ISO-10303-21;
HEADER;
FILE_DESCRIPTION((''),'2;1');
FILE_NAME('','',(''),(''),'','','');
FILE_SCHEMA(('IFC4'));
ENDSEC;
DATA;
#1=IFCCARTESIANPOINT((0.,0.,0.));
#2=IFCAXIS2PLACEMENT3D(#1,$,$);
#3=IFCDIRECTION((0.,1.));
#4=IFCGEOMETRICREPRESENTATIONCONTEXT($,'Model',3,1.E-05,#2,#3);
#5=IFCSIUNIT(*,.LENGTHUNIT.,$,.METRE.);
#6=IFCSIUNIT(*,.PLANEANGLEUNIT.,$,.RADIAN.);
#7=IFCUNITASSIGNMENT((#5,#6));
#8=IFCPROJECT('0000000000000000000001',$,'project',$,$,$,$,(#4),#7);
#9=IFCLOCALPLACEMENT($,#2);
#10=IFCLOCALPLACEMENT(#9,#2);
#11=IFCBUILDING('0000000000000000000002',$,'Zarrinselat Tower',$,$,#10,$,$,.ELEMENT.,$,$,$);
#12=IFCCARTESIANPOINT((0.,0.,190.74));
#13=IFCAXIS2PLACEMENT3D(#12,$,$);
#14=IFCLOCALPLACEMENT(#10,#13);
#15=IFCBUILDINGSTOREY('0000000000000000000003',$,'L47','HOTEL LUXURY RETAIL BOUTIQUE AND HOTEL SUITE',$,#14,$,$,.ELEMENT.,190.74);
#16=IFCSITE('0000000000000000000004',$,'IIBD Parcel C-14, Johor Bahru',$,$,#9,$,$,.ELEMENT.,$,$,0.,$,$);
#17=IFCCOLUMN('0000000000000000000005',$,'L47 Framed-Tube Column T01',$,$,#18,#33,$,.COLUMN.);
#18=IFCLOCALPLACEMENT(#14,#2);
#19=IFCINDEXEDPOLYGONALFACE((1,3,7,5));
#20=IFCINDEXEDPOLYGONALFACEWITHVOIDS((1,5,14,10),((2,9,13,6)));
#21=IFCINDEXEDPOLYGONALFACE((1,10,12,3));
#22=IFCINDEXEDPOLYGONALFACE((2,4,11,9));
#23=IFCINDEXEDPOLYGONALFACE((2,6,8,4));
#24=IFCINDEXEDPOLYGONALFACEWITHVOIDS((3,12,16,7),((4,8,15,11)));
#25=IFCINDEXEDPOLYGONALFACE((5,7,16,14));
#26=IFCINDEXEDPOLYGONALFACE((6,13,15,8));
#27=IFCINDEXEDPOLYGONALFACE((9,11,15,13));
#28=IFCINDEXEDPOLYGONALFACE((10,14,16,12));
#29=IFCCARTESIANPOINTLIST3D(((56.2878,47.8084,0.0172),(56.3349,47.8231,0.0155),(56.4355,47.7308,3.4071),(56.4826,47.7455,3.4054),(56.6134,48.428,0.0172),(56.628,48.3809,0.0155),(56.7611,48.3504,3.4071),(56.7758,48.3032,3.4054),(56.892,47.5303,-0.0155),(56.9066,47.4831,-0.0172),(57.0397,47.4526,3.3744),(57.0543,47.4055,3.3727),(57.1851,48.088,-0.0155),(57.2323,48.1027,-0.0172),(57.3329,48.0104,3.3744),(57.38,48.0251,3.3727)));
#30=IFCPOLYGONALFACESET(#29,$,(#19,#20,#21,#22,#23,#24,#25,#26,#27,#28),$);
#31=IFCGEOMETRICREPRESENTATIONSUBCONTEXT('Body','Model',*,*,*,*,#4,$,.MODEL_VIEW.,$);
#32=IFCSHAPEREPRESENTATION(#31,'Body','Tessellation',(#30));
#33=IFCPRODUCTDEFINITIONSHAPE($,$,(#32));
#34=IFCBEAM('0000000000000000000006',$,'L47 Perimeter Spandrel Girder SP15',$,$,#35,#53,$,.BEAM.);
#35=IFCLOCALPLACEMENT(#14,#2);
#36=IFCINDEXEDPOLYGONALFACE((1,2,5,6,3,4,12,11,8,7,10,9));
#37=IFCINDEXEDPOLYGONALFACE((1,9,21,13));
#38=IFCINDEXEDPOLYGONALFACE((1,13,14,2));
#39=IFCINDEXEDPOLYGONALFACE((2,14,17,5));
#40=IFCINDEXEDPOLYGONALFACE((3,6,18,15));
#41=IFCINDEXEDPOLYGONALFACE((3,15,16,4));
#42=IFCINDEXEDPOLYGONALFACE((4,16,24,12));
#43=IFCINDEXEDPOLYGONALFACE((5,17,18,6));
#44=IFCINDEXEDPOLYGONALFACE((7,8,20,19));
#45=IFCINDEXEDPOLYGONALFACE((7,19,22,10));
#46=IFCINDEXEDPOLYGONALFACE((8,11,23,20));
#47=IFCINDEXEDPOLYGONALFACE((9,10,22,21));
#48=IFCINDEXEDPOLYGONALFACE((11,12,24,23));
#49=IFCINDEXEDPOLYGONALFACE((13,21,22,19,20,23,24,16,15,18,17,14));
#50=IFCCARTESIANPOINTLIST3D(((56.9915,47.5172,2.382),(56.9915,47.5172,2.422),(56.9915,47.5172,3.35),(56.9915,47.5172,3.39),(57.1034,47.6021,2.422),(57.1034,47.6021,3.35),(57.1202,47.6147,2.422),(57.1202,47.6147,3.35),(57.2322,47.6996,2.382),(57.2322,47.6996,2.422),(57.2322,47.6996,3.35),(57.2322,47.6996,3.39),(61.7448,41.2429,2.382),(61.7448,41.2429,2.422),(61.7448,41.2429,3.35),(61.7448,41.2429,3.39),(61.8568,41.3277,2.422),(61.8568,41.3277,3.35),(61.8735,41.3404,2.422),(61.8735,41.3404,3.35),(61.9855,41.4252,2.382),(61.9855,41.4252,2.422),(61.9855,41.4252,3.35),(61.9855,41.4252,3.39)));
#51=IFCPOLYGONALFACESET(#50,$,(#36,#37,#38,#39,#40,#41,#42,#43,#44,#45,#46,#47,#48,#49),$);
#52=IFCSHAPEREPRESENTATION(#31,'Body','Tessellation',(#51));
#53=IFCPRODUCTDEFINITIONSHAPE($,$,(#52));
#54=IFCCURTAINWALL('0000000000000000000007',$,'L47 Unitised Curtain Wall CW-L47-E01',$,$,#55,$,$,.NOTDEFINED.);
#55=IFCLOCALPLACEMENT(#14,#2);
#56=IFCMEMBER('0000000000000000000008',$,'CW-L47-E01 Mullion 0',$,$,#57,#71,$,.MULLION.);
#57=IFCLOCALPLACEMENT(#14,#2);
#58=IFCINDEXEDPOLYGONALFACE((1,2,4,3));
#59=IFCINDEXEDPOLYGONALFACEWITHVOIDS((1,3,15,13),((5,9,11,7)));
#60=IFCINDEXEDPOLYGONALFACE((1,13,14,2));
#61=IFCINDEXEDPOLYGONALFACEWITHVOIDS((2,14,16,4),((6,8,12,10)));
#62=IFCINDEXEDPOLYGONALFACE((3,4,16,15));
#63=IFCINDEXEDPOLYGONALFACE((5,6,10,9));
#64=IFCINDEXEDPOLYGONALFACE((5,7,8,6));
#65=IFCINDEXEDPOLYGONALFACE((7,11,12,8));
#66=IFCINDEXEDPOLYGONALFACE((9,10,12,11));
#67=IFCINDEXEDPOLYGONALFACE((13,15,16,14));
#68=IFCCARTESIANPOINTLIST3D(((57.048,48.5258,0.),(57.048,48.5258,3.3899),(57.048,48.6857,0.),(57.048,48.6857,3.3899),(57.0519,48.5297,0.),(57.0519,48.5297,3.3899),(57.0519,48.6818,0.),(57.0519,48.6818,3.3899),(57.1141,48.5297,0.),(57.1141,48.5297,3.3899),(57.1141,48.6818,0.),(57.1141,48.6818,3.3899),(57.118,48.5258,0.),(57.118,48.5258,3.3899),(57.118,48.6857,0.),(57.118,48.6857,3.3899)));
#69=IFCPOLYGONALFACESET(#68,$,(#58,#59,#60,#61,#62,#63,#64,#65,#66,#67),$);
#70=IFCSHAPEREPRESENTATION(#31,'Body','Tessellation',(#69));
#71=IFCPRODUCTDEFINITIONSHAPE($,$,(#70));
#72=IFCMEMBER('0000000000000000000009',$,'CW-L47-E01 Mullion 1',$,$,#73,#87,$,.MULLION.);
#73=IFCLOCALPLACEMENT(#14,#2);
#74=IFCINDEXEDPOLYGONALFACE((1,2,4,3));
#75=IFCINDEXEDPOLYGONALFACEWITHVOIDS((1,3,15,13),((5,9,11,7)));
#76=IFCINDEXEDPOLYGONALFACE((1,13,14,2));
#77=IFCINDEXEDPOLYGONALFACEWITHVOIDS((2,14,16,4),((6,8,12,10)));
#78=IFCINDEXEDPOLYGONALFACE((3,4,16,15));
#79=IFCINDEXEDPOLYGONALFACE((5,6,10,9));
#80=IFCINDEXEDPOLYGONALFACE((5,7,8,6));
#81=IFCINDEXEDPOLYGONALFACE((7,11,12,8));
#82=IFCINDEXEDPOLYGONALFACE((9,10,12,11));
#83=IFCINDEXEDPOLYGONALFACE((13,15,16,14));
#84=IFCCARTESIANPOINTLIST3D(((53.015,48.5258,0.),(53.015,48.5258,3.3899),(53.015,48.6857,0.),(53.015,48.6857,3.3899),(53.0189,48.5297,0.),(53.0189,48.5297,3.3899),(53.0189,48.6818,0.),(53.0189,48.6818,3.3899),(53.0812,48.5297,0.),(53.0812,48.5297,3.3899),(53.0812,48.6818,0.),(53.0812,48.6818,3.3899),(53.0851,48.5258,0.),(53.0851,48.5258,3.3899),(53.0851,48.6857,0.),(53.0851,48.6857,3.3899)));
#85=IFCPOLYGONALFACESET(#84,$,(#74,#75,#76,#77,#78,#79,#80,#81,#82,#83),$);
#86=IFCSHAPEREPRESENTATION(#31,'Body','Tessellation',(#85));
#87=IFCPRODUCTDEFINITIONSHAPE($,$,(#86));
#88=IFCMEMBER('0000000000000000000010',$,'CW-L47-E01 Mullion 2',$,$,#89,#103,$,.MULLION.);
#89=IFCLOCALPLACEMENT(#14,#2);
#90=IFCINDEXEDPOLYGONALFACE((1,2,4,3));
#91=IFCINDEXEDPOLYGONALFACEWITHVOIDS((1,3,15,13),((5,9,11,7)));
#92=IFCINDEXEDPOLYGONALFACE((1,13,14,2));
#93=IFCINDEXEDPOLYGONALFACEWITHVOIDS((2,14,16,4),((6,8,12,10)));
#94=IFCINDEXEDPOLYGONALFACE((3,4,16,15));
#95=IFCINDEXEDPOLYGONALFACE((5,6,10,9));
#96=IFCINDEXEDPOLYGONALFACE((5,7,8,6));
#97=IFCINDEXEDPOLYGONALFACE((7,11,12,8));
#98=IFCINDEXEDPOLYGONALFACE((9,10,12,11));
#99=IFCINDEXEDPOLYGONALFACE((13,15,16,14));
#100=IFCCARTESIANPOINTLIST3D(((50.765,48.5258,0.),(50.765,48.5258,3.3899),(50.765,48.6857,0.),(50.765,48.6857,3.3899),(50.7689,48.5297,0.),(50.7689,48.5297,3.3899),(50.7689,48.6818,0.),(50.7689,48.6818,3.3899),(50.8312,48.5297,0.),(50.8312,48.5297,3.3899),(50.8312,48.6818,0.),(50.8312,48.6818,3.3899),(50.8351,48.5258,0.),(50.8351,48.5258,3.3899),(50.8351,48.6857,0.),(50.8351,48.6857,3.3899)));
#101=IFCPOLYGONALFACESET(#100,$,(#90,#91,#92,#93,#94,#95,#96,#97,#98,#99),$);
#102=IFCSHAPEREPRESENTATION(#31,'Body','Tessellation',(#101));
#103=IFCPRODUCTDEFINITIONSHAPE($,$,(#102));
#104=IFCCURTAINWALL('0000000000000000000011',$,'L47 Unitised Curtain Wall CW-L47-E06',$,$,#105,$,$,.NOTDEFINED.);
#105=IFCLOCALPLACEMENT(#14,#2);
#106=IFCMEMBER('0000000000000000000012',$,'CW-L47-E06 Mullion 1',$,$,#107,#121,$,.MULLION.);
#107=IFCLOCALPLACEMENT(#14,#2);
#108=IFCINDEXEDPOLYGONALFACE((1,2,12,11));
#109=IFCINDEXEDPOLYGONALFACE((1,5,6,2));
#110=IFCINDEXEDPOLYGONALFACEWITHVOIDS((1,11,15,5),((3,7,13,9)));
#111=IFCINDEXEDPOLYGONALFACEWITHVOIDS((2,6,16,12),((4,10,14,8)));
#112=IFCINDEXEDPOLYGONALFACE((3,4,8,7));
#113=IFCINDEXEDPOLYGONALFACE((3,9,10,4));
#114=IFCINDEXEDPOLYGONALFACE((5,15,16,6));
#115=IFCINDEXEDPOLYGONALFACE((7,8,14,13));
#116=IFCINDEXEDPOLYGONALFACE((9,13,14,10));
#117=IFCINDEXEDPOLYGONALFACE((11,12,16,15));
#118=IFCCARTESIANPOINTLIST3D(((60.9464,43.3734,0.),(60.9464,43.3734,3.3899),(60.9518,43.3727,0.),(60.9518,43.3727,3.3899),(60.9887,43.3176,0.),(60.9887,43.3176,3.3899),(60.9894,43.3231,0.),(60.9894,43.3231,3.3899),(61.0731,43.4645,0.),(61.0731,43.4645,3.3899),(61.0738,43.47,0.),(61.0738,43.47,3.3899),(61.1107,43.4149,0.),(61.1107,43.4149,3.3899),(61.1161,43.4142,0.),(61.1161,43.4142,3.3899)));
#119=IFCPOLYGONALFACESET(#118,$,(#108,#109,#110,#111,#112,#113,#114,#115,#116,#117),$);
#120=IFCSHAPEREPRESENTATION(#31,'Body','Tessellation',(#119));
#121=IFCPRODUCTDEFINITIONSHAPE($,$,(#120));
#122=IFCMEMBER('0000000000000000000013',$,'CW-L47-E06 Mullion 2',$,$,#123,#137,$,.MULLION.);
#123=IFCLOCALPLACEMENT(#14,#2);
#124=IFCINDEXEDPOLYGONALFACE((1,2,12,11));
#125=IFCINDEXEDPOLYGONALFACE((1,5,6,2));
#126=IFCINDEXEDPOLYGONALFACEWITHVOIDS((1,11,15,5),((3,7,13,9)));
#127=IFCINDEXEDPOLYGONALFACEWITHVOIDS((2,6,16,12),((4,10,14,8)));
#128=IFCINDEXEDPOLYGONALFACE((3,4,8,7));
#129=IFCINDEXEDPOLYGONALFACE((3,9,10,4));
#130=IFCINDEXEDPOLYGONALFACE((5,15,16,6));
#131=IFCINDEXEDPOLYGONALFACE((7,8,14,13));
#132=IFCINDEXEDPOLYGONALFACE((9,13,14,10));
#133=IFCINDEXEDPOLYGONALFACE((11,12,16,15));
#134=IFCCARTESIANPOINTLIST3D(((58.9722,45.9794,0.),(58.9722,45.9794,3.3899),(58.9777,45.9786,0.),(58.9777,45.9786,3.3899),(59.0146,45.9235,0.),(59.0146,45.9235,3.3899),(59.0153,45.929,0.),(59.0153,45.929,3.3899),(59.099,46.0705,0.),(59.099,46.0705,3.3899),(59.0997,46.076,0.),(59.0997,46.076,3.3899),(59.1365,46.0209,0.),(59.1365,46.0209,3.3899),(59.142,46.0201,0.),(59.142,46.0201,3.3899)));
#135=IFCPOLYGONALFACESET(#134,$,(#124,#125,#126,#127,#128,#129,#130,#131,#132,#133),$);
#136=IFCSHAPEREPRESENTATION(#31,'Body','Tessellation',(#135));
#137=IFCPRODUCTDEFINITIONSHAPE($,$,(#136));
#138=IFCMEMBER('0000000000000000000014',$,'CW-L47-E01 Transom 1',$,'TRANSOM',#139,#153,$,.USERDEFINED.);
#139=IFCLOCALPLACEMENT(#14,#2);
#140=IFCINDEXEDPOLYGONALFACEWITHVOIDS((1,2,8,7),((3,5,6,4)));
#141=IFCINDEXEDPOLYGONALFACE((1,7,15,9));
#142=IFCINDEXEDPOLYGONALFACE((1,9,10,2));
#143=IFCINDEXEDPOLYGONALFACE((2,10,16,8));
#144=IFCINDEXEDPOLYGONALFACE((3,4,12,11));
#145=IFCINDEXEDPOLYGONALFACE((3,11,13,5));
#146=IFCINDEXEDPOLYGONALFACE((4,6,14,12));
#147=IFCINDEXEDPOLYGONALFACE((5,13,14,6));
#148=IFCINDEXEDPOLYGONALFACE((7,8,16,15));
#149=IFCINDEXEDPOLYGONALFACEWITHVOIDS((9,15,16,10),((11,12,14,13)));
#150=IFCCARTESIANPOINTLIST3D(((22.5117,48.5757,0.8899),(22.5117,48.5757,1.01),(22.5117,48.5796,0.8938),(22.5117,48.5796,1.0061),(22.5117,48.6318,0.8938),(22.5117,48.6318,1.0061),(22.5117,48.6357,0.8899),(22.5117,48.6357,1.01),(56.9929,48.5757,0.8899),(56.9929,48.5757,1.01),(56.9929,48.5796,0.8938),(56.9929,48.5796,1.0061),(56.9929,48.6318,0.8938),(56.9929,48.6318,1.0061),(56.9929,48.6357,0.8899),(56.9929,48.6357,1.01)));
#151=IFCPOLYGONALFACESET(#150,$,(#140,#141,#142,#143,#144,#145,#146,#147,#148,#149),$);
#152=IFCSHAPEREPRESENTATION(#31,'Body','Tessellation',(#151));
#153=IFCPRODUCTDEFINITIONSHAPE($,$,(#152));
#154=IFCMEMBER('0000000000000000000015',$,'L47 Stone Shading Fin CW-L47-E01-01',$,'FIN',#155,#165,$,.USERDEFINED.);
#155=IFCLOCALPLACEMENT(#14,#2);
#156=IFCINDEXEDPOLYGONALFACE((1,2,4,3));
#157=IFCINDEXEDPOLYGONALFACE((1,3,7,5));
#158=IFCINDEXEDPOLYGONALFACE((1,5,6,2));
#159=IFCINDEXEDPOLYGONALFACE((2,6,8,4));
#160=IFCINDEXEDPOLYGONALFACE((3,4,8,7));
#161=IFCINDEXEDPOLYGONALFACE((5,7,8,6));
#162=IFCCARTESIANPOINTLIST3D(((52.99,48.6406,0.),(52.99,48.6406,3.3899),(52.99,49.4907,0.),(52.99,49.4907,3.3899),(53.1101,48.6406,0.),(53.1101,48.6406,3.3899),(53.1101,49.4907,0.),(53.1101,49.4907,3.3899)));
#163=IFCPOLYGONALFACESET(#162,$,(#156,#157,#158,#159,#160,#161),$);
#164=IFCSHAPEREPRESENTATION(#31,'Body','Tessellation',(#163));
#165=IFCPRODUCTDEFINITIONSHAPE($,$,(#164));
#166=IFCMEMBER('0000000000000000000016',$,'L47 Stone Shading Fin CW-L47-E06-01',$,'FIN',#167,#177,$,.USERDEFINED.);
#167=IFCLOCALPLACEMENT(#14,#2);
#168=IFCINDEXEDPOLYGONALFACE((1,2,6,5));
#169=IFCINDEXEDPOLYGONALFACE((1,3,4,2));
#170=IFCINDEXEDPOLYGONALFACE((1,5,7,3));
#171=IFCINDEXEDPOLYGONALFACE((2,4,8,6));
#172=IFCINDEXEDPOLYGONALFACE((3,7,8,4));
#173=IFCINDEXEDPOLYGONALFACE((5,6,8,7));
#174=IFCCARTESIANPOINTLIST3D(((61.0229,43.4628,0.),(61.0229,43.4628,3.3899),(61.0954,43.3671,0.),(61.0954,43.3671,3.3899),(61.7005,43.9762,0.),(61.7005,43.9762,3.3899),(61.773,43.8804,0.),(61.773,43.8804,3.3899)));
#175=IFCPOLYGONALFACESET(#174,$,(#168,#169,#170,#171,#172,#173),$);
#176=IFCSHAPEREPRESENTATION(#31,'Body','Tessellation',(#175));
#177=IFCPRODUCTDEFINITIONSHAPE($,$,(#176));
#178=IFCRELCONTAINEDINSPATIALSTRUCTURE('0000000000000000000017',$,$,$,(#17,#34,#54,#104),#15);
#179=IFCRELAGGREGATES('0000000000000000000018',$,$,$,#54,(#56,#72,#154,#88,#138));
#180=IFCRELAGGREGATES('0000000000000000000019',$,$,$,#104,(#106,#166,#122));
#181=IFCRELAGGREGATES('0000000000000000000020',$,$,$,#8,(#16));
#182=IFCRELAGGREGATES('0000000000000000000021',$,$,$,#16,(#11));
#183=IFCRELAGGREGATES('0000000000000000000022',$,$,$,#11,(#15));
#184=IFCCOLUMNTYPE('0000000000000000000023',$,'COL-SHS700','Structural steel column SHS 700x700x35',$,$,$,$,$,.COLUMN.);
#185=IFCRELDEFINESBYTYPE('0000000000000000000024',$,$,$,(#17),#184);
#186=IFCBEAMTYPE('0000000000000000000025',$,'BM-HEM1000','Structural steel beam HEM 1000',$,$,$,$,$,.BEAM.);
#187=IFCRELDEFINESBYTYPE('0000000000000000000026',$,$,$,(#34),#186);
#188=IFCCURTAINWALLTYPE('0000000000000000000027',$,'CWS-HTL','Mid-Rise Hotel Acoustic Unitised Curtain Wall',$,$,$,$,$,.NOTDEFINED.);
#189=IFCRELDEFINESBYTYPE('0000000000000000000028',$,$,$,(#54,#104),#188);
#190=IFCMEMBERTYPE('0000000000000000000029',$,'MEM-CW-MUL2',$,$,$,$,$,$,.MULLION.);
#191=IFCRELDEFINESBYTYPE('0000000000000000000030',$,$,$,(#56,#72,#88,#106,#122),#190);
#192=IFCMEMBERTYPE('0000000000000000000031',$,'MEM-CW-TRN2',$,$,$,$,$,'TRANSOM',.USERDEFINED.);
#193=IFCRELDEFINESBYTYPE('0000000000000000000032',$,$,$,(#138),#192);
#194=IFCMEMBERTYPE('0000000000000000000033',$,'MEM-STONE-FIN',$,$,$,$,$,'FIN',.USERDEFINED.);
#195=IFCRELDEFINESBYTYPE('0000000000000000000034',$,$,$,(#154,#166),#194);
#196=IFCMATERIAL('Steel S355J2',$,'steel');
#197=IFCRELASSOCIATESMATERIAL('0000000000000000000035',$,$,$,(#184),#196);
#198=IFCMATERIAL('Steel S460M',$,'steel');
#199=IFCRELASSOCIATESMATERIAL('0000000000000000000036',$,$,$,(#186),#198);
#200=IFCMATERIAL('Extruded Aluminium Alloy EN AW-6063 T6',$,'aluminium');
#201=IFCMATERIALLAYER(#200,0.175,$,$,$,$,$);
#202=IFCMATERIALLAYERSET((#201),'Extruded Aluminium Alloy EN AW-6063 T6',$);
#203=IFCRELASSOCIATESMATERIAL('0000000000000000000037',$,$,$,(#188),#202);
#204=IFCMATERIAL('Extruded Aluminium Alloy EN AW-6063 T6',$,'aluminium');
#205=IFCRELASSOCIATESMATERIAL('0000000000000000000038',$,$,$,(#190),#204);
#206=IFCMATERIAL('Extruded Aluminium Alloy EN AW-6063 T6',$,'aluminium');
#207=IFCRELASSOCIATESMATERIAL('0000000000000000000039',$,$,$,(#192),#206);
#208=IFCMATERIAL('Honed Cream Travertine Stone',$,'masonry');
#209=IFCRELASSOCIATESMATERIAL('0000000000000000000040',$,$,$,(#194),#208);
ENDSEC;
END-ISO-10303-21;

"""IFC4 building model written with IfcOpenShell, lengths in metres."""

from ifc_helpers import new_model, si_unit, direction, frame, origin, origin_2d, place, context, subcontext, project, spatial, rectangle, hollow_rectangle, i_section, extrude, material, layer, layer_set, material_profile, profile_set, type_object, element, aggregate, save


model = new_model("IFC4")

# Units and contexts
model_context = context("Model", 3, precision=1e-05, world=origin(), true_north=direction((0.0, 1.0)))
body_context = subcontext(model_context, "Body", "Model", "MODEL_VIEW")
ifc_project = project(units=[si_unit("LENGTHUNIT", "METRE"), si_unit("PLANEANGLEUNIT", "RADIAN")], contexts=[model_context])

# Site, building, storey
site_placement = place(None, origin())
site = spatial("IfcSite", under=ifc_project, at=site_placement, Name="IIBD Parcel C-14, Johor Bahru", CompositionType="ELEMENT", RefElevation=0.0)
building_placement = place(site_placement, origin())
building = spatial("IfcBuilding", under=site, at=building_placement, Name="Zarrinselat Tower", CompositionType="ELEMENT")
storey_placement = place(building_placement, frame((0.0, 0.0, 190.74)))
storey = spatial("IfcBuildingStorey", under=building, at=storey_placement, Name="L47", Description="HOTEL LUXURY RETAIL BOUTIQUE AND HOTEL SUITE", CompositionType="ELEMENT", Elevation=190.74)

# Column
ifc_material_1 = material(Name="Steel S355J2", Category="steel")
ifc_material_profile_1 = material_profile(ifc_material_1, hollow_rectangle(XDim=0.7, YDim=0.7, WallThickness=0.0349, at=origin_2d()), Name="SHS 700x700x35")
ifc_profile_set_1 = profile_set([ifc_material_profile_1], Name="Steel S355J2")
column_type = type_object("IfcColumnType", Name="COL-SHS700", Description="Structural steel column SHS 700x700x35", PredefinedType="COLUMN", material=ifc_profile_set_1)
column_placement = place(storey_placement, frame((56.76, 47.9556, 0.0), z_axis=(0.04352, -0.022875, 0.998791), x_axis=(0.465264, 0.885172, 0.0)))
element("IfcColumn", 1, at=column_placement, inside=storey, type_object=column_type, Name="L47 Framed-Tube Column T01", PredefinedType="COLUMN", context=body_context, shape_type="SweptSolid", body=[
    extrude(hollow_rectangle(XDim=0.7, YDim=0.7, WallThickness=0.0349, at=origin_2d()), origin(), (0.0, 0.0, 1.0), 3.394),
])

# Beam
ifc_material_2 = material(Name="Steel S460M", Category="steel")
ifc_material_profile_2 = material_profile(ifc_material_2, i_section(OverallWidth=0.302, OverallDepth=1.0081, WebThickness=0.021, FlangeThickness=0.04, at=origin_2d()), Name="HEM 1000")
ifc_profile_set_2 = profile_set([ifc_material_profile_2], Name="Steel S460M")
beam_type = type_object("IfcBeamType", Name="BM-HEM1000", Description="Structural steel beam HEM 1000", PredefinedType="BEAM", material=ifc_profile_set_2)
beam_placement = place(storey_placement, frame((57.1118, 47.6084, 2.886), z_axis=(0.603864, -0.797088, 0.0), x_axis=(0.797088, 0.603864, 0.0)))
element("IfcBeam", 2, at=beam_placement, inside=storey, type_object=beam_type, Name="L47 Perimeter Spandrel Girder SP15", PredefinedType="BEAM", context=body_context, shape_type="SweptSolid", body=[
    extrude(i_section(OverallWidth=0.302, OverallDepth=1.0081, WebThickness=0.021, FlangeThickness=0.04, at=origin_2d()), origin(), (0.0, 0.0, 1.0), 7.8716),
])

# Curtain walls, members
ifc_material_3 = material(Name="Extruded Aluminium Alloy EN AW-6063 T6", Category="aluminium")
ifc_layer_1 = layer(ifc_material_3, 0.175)
ifc_layer_set_1 = layer_set([ifc_layer_1], Name="Extruded Aluminium Alloy EN AW-6063 T6")
curtain_wall_type = type_object("IfcCurtainWallType", Name="CWS-HTL", Description="Mid-Rise Hotel Acoustic Unitised Curtain Wall", PredefinedType="NOTDEFINED", material=ifc_layer_set_1)
curtain_wall_1_placement = place(storey_placement, origin())
curtain_wall_1 = element("IfcCurtainWall", 3, at=curtain_wall_1_placement, inside=storey, type_object=curtain_wall_type, Name="L47 Unitised Curtain Wall CW-L47-E01", PredefinedType="NOTDEFINED")
ifc_material_4 = material(Name="Extruded Aluminium Alloy EN AW-6063 T6", Category="aluminium")
ifc_material_profile_3 = material_profile(ifc_material_4, hollow_rectangle(XDim=0.0701, YDim=0.1599, WallThickness=0.0039, at=origin_2d()), Name="RHS 160x70x4")
ifc_profile_set_3 = profile_set([ifc_material_profile_3], Name="Extruded Aluminium Alloy EN AW-6063 T6")
member_type_1 = type_object("IfcMemberType", Name="MEM-CW-MUL2", PredefinedType="MULLION", material=ifc_profile_set_3)
member_1_placement = place(storey_placement, frame((57.083, 48.6057, 0.0), z_axis=(0.0, 0.0, 1.0), x_axis=(-1.0, 0.0, 0.0)))
member_1 = element("IfcMember", 4, at=member_1_placement, type_object=member_type_1, Name="CW-L47-E01 Mullion 0", PredefinedType="MULLION", context=body_context, shape_type="SweptSolid", body=[
    extrude(hollow_rectangle(XDim=0.0701, YDim=0.1599, WallThickness=0.0039, at=origin_2d()), origin(), (0.0, 0.0, 1.0), 3.3899),
])
member_2_placement = place(storey_placement, frame((53.05, 48.6057, 0.0), z_axis=(0.0, 0.0, 1.0), x_axis=(-1.0, 0.0, 0.0)))
member_2 = element("IfcMember", 5, at=member_2_placement, type_object=member_type_1, Name="CW-L47-E01 Mullion 1", PredefinedType="MULLION", context=body_context, shape_type="SweptSolid", body=[
    extrude(hollow_rectangle(XDim=0.0701, YDim=0.1599, WallThickness=0.0039, at=origin_2d()), origin(), (0.0, 0.0, 1.0), 3.3899),
])
member_3_placement = place(storey_placement, frame((50.8, 48.6057, 0.0), z_axis=(0.0, 0.0, 1.0), x_axis=(-1.0, 0.0, 0.0)))
member_3 = element("IfcMember", 6, at=member_3_placement, type_object=member_type_1, Name="CW-L47-E01 Mullion 2", PredefinedType="MULLION", context=body_context, shape_type="SweptSolid", body=[
    extrude(hollow_rectangle(XDim=0.0701, YDim=0.1599, WallThickness=0.0039, at=origin_2d()), origin(), (0.0, 0.0, 1.0), 3.3899),
])
curtain_wall_2_placement = place(storey_placement, origin())
curtain_wall_2 = element("IfcCurtainWall", 7, at=curtain_wall_2_placement, inside=storey, type_object=curtain_wall_type, Name="L47 Unitised Curtain Wall CW-L47-E06", PredefinedType="NOTDEFINED")
member_4_placement = place(storey_placement, frame((61.0312, 43.3938, 0.0), z_axis=(0.0, 0.0, 1.0), x_axis=(-0.603861, 0.79709, 0.0)))
member_4 = element("IfcMember", 8, at=member_4_placement, type_object=member_type_1, Name="CW-L47-E06 Mullion 1", PredefinedType="MULLION", context=body_context, shape_type="SweptSolid", body=[
    extrude(hollow_rectangle(XDim=0.0701, YDim=0.1599, WallThickness=0.0039, at=origin_2d()), origin(), (0.0, 0.0, 1.0), 3.3899),
])
member_5_placement = place(storey_placement, frame((59.0571, 45.9998, 0.0), z_axis=(0.0, 0.0, 1.0), x_axis=(-0.603861, 0.79709, 0.0)))
member_5 = element("IfcMember", 9, at=member_5_placement, type_object=member_type_1, Name="CW-L47-E06 Mullion 2", PredefinedType="MULLION", context=body_context, shape_type="SweptSolid", body=[
    extrude(hollow_rectangle(XDim=0.0701, YDim=0.1599, WallThickness=0.0039, at=origin_2d()), origin(), (0.0, 0.0, 1.0), 3.3899),
])

# Members
ifc_material_5 = material(Name="Extruded Aluminium Alloy EN AW-6063 T6", Category="aluminium")
ifc_material_profile_4 = material_profile(ifc_material_5, hollow_rectangle(XDim=0.0601, YDim=0.1201, WallThickness=0.0039, at=origin_2d()), Name="RHS 120x60x4")
ifc_profile_set_4 = profile_set([ifc_material_profile_4], Name="Extruded Aluminium Alloy EN AW-6063 T6")
member_type_2 = type_object("IfcMemberType", Name="MEM-CW-TRN2", ElementType="TRANSOM", PredefinedType="USERDEFINED", material=ifc_profile_set_4)
member_6_placement = place(storey_placement, frame((56.9929, 48.6057, 0.95), z_axis=(-1.0, 0.0, 0.0), x_axis=(0.0, -1.0, 0.0)))
member_6 = element("IfcMember", 10, at=member_6_placement, type_object=member_type_2, Name="CW-L47-E01 Transom 1", ObjectType="TRANSOM", PredefinedType="USERDEFINED", context=body_context, shape_type="SweptSolid", body=[
    extrude(hollow_rectangle(XDim=0.0601, YDim=0.1201, WallThickness=0.0039, at=origin_2d()), origin(), (0.0, 0.0, 1.0), 34.4812),
])
ifc_material_6 = material(Name="Honed Cream Travertine Stone", Category="masonry")
ifc_material_profile_5 = material_profile(ifc_material_6, rectangle(XDim=0.1201, YDim=0.8501, at=origin_2d()), Name="FIN 850x120")
ifc_profile_set_5 = profile_set([ifc_material_profile_5], Name="Honed Cream Travertine Stone")
member_type_3 = type_object("IfcMemberType", Name="MEM-STONE-FIN", ElementType="FIN", PredefinedType="USERDEFINED", material=ifc_profile_set_5)
member_7_placement = place(storey_placement, frame((53.05, 49.0657, 0.0), z_axis=(0.0, 0.0, 1.0), x_axis=(1.0, 0.0, 0.0)))
member_7 = element("IfcMember", 11, at=member_7_placement, type_object=member_type_3, Name="L47 Stone Shading Fin CW-L47-E01-01", ObjectType="FIN", PredefinedType="USERDEFINED", context=body_context, shape_type="SweptSolid", body=[
    extrude(rectangle(XDim=0.1201, YDim=0.8501, at=origin_2d()), origin(), (0.0, 0.0, 1.0), 3.3899),
])
member_8_placement = place(storey_placement, frame((61.3979, 43.6716, 0.0), z_axis=(0.0, 0.0, 1.0), x_axis=(0.603861, -0.79709, 0.0)))
member_8 = element("IfcMember", 12, at=member_8_placement, type_object=member_type_3, Name="L47 Stone Shading Fin CW-L47-E06-01", ObjectType="FIN", PredefinedType="USERDEFINED", context=body_context, shape_type="SweptSolid", body=[
    extrude(rectangle(XDim=0.1201, YDim=0.8501, at=origin_2d()), origin(), (0.0, 0.0, 1.0), 3.3899),
])

aggregate(curtain_wall_1, [member_1, member_2, member_7, member_3, member_6])
aggregate(curtain_wall_2, [member_4, member_8, member_5])

save(model, "model.ifc")
